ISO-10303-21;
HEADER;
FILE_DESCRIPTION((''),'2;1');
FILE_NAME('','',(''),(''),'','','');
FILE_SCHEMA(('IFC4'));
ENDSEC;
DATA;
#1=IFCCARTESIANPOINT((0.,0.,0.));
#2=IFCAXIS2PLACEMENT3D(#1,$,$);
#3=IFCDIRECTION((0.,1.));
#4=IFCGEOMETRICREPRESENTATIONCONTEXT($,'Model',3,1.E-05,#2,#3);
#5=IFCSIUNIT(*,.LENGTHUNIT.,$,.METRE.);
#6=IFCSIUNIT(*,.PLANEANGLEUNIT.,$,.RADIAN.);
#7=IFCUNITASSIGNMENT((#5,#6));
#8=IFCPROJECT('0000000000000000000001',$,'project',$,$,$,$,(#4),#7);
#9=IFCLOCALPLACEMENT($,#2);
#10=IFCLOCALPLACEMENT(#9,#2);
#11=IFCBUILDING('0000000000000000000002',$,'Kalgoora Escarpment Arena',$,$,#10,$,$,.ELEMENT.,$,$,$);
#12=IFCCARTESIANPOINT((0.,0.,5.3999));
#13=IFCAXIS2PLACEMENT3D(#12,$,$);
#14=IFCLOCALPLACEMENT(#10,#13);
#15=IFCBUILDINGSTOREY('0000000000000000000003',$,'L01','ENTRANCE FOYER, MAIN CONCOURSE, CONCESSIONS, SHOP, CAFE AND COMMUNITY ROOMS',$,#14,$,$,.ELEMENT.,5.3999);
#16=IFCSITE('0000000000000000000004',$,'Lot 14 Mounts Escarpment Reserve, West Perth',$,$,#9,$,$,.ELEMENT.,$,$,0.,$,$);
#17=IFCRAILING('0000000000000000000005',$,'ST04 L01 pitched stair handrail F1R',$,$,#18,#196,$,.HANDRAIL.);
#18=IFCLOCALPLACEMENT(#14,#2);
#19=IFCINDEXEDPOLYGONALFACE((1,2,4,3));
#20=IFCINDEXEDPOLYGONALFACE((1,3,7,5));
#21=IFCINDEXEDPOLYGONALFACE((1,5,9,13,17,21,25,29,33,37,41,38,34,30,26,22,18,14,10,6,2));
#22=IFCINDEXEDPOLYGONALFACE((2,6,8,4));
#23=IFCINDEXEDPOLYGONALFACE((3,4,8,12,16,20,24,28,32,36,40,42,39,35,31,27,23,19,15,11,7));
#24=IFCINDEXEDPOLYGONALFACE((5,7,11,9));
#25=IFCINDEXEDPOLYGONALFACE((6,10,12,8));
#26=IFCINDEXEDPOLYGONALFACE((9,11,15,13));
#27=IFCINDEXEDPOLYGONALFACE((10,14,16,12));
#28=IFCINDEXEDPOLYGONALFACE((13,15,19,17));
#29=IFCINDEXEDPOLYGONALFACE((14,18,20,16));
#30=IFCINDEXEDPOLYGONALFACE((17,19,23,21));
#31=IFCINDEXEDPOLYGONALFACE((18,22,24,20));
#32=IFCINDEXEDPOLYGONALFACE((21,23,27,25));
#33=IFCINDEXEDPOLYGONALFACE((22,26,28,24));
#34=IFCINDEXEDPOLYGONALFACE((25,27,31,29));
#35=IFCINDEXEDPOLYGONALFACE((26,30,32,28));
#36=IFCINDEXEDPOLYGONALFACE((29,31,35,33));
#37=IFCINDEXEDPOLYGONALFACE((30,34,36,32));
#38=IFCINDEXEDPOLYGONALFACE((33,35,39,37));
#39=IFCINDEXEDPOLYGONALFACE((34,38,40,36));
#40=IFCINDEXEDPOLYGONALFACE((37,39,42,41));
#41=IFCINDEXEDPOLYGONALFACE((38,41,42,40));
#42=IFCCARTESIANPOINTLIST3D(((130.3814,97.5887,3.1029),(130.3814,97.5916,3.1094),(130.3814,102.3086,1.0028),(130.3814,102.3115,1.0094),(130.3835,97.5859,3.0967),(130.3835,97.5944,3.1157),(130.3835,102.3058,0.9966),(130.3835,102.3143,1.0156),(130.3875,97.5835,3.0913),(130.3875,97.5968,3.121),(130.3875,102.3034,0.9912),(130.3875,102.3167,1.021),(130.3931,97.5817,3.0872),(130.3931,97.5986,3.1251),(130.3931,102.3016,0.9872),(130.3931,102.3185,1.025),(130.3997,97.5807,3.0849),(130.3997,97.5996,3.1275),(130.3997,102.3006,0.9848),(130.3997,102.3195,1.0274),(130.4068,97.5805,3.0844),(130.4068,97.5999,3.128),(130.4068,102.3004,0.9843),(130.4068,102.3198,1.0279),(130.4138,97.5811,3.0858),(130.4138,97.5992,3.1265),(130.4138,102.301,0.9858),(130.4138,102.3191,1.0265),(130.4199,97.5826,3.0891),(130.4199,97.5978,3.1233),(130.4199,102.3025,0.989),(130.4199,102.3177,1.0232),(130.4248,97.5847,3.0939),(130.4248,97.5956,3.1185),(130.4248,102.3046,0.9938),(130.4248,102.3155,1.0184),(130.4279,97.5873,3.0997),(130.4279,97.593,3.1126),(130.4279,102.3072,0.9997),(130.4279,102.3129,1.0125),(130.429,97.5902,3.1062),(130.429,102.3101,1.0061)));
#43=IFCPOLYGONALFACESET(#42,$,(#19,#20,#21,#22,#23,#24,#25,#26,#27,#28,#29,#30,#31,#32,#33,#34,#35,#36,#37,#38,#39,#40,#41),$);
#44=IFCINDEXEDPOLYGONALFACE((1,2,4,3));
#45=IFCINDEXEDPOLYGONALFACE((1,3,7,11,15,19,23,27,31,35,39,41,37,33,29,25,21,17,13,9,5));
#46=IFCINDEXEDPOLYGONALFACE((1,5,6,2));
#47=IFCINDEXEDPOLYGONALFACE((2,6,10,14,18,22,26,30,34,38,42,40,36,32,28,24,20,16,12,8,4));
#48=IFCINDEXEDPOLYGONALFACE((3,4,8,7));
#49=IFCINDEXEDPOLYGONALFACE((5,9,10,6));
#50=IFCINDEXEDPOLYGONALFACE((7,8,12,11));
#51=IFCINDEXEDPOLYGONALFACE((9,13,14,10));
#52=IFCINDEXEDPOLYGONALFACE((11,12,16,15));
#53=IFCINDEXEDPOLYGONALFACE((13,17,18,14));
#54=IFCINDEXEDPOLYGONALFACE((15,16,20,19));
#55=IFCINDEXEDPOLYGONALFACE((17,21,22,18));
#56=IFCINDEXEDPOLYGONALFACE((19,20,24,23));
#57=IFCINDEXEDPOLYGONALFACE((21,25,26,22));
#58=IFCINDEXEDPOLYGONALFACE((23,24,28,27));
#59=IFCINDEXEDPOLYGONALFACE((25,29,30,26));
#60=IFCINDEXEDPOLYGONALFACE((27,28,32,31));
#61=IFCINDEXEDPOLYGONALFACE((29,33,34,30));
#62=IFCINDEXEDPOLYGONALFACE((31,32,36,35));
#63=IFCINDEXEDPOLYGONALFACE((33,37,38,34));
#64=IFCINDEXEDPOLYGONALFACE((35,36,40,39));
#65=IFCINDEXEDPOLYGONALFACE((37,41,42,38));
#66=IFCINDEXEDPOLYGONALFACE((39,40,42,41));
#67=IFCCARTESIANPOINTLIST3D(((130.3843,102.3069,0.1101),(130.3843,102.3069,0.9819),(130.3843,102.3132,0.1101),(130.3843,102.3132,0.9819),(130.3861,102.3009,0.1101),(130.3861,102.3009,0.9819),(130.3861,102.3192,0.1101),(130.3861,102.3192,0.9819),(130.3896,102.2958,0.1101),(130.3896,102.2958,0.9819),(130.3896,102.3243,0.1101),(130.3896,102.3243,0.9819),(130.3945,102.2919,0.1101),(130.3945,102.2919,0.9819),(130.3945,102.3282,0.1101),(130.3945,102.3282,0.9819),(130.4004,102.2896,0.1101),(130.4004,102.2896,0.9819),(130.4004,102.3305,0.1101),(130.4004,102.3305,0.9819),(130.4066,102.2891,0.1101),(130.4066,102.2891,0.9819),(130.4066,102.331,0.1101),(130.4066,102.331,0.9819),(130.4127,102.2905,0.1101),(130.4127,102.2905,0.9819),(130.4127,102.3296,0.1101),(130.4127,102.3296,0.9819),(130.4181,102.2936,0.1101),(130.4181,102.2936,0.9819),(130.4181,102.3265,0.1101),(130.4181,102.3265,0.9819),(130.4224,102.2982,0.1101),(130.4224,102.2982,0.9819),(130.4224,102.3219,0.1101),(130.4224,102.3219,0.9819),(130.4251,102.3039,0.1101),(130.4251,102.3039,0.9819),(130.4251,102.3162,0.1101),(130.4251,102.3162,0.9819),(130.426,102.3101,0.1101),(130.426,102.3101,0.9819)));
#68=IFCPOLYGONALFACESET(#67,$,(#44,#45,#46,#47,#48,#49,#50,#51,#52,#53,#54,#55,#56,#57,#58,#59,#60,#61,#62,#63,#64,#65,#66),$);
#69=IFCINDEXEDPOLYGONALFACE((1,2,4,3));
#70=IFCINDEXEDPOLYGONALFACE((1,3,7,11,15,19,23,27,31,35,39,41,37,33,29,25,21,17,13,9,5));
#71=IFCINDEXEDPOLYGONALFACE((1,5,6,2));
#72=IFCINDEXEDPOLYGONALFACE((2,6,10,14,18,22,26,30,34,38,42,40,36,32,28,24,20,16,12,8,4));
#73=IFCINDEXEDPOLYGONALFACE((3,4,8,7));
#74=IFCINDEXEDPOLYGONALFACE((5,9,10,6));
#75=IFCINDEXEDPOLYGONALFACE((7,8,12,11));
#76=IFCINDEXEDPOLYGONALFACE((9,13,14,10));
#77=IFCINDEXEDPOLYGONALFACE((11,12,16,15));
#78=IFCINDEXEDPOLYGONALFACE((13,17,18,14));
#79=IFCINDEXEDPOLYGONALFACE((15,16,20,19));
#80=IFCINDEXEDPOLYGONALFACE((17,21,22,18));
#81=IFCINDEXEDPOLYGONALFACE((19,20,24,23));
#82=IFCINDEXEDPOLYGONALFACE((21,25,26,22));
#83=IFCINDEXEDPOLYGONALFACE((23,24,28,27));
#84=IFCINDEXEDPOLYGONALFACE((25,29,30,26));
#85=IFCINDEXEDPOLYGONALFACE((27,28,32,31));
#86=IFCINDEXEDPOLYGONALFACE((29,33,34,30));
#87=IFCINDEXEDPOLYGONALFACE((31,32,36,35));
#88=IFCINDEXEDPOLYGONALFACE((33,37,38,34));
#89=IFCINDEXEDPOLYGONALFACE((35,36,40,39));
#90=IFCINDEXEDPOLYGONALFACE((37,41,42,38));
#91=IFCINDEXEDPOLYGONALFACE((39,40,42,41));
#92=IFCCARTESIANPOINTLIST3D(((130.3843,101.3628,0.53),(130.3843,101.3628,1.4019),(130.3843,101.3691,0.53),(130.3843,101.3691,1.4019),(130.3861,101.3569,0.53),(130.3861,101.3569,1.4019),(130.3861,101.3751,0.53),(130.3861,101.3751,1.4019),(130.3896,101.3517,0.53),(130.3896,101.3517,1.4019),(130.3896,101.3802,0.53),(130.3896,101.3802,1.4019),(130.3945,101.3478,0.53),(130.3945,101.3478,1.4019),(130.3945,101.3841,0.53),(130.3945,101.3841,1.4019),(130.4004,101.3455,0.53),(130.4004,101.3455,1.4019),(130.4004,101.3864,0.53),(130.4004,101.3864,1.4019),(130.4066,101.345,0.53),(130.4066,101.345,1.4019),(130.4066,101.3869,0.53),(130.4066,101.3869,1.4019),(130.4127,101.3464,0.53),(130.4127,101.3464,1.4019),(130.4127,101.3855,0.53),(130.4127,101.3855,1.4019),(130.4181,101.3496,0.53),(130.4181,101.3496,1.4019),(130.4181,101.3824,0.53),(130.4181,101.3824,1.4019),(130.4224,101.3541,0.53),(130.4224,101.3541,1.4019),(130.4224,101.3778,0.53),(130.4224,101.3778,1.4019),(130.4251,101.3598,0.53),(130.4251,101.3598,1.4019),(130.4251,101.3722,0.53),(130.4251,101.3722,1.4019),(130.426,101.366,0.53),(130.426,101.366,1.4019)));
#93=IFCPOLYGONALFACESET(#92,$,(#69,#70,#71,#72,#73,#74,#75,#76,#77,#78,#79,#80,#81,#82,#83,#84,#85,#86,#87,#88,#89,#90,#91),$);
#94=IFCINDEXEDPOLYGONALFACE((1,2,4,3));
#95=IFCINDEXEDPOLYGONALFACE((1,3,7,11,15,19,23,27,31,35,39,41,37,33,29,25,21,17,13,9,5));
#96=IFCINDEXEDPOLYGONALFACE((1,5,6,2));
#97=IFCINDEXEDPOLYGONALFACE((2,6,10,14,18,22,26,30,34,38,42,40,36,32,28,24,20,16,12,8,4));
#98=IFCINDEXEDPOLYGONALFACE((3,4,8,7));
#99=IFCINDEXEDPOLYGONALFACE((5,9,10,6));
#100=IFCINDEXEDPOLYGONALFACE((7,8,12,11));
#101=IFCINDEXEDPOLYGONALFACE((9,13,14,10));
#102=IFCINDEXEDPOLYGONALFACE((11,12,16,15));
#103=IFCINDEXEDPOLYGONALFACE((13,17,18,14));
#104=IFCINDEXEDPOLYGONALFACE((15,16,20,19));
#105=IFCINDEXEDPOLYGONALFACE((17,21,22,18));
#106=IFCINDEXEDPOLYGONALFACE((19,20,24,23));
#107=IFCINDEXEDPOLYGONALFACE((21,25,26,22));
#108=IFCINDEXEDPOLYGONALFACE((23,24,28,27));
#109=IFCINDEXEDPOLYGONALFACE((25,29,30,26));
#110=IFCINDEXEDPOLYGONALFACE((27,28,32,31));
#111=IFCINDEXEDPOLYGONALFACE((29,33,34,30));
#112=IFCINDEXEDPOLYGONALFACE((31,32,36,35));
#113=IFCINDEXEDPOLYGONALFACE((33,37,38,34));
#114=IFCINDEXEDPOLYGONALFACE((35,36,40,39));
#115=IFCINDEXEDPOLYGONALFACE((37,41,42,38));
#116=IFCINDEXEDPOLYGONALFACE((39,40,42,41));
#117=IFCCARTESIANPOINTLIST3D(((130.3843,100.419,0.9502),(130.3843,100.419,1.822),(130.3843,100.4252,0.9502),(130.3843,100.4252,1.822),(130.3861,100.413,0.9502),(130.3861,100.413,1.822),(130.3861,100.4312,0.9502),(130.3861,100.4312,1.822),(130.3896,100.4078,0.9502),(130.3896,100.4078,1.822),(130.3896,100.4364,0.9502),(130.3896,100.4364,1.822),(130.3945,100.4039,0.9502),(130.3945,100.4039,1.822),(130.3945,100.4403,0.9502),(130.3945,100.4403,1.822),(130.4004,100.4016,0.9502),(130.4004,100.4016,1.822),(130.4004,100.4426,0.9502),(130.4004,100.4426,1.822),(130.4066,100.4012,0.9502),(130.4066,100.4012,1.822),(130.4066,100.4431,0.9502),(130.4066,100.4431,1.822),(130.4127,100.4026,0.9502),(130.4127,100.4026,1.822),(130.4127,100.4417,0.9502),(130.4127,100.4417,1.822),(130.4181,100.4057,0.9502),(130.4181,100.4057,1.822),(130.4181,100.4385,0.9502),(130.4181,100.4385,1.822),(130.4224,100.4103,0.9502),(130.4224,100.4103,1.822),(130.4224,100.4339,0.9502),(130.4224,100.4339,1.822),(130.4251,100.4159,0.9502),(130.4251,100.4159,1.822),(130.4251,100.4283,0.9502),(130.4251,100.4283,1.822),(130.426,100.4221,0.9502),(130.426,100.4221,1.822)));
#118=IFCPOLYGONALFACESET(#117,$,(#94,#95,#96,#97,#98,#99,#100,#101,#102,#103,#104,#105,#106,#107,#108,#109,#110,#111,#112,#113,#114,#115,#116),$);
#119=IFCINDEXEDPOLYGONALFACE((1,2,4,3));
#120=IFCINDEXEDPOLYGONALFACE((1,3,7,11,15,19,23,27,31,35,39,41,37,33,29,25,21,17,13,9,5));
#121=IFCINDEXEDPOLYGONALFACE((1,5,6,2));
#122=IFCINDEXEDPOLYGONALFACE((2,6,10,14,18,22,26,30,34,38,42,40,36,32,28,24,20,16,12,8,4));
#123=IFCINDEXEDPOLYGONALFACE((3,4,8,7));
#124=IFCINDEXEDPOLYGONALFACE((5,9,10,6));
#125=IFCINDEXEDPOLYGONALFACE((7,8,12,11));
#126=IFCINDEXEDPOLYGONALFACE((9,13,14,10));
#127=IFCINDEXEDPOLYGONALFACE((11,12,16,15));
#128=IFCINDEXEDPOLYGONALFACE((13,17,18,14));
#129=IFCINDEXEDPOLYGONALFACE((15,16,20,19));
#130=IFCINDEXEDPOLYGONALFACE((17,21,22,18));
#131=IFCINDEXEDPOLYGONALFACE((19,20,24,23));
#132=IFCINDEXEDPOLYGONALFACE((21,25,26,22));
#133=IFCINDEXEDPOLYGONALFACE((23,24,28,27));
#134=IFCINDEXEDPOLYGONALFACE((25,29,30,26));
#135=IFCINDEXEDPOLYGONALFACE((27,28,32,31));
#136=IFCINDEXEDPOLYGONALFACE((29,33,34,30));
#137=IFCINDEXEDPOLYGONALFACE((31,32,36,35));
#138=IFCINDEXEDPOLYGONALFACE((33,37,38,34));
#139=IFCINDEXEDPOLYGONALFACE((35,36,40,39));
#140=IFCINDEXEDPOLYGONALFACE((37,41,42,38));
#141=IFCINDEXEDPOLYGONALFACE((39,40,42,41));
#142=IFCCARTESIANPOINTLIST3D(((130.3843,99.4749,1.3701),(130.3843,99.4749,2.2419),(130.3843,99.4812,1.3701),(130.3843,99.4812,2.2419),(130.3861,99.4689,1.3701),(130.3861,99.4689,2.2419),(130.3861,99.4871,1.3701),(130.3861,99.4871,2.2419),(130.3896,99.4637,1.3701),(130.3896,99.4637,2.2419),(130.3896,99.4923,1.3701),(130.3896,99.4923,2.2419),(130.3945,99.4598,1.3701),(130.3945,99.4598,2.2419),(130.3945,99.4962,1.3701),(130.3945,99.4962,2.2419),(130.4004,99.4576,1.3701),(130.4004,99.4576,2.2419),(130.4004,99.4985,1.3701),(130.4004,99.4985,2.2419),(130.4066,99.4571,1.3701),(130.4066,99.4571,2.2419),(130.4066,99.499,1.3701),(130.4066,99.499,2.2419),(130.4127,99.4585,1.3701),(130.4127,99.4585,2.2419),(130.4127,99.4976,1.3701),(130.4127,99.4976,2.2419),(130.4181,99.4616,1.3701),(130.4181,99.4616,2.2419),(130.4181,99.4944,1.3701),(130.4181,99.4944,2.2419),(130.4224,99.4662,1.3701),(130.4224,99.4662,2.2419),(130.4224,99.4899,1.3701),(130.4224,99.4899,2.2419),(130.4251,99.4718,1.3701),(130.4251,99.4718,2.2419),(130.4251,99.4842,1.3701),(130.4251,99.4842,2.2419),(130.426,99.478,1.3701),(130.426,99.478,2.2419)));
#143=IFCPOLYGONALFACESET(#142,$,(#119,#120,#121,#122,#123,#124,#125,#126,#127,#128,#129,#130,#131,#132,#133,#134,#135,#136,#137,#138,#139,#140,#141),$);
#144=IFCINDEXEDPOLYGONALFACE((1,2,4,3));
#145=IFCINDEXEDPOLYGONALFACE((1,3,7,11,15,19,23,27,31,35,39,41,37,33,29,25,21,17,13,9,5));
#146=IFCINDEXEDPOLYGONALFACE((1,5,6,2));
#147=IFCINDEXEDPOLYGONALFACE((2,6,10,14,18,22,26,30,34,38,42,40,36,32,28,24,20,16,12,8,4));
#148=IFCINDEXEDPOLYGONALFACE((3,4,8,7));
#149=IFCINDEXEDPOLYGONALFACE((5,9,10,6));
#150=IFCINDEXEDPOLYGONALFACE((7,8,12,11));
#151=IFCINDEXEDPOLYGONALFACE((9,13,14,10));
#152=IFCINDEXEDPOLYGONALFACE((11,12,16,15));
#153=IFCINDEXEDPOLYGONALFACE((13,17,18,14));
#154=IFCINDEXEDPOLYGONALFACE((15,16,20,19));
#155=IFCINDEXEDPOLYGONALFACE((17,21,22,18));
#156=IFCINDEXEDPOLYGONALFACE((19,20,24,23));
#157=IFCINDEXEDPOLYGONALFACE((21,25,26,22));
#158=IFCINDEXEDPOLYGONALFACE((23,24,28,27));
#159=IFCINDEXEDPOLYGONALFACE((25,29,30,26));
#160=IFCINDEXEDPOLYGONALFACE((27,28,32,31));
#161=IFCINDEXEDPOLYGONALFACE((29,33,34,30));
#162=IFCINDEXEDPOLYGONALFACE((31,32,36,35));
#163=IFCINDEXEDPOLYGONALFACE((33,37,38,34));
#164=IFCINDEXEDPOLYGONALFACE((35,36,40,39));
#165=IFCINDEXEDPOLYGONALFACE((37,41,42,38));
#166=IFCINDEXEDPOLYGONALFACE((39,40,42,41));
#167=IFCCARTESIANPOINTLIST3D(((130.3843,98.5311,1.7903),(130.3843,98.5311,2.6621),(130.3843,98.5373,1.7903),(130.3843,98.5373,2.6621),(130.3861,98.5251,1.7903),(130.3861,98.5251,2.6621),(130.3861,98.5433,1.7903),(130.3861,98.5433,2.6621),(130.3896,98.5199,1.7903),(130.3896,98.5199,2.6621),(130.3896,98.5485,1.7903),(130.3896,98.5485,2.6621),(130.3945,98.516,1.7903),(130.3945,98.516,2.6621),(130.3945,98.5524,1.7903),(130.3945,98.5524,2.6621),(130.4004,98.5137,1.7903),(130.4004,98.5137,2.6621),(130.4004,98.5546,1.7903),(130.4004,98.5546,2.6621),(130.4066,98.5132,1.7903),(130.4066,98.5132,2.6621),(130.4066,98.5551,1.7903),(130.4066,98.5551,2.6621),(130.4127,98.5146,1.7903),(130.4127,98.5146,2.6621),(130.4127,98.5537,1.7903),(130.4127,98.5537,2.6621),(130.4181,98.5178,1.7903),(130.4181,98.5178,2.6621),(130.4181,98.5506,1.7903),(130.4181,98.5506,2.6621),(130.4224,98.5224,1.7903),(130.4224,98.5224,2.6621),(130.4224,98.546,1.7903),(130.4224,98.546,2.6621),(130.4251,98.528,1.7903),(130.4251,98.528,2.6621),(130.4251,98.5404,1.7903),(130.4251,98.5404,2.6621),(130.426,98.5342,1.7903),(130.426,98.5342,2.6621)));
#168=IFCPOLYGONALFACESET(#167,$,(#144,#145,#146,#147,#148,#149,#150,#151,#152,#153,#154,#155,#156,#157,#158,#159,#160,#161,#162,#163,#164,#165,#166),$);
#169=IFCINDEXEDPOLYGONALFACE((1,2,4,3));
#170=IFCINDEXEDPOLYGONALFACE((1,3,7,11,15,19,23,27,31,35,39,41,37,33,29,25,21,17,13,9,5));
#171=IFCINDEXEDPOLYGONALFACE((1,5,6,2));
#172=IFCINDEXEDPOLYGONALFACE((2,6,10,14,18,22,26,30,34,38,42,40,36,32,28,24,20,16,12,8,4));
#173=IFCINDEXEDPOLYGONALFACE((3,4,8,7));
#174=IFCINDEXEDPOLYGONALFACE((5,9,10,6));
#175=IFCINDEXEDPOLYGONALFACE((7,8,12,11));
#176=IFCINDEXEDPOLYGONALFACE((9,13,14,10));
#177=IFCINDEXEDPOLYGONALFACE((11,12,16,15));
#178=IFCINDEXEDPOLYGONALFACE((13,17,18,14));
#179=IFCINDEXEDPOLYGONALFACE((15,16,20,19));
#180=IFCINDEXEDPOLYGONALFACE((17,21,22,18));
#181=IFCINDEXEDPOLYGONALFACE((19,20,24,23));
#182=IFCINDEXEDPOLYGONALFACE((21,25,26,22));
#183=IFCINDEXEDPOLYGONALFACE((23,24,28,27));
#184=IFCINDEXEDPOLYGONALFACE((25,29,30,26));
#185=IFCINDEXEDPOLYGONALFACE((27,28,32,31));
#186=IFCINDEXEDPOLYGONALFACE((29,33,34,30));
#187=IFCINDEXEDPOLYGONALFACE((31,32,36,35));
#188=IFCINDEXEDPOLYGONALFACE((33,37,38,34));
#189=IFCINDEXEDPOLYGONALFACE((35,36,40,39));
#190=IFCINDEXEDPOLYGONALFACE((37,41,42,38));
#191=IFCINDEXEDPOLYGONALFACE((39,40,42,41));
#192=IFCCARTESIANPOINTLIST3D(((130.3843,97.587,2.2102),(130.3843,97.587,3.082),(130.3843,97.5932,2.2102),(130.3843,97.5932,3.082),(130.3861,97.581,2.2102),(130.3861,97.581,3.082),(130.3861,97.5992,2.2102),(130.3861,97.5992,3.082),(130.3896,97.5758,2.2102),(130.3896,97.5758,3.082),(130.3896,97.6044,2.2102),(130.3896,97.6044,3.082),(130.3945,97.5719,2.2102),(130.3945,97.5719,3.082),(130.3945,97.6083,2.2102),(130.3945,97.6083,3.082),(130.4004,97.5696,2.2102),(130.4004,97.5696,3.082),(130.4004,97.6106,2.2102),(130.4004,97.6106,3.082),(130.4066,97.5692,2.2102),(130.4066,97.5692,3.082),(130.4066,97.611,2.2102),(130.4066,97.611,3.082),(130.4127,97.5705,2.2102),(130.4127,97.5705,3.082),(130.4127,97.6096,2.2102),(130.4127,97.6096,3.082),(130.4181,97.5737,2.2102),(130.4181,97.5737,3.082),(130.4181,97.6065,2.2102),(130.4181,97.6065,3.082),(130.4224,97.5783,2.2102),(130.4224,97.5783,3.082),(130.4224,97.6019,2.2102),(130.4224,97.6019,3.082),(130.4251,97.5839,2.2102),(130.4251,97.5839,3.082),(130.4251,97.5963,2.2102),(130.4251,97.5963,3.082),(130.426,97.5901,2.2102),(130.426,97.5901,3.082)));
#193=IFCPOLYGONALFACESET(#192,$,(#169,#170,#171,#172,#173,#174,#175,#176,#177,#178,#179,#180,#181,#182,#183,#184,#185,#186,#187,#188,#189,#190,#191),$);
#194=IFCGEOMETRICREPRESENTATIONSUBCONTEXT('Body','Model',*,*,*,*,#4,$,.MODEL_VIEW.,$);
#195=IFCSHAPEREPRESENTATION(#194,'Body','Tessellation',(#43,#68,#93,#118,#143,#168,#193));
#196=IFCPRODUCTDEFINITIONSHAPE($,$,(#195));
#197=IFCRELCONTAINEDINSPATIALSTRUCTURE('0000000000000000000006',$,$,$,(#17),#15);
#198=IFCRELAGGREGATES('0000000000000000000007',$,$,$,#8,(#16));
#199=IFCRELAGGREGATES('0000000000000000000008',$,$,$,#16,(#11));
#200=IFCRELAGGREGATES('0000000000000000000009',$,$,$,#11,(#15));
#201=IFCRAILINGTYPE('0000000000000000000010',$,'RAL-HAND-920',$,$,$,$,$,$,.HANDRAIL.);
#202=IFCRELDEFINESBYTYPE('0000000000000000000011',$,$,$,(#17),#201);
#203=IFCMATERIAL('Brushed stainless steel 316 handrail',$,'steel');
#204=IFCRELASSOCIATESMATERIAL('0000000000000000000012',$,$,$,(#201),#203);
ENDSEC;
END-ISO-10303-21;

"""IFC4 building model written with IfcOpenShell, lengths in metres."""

from ifc_helpers import new_model, si_unit, direction, frame, origin, origin_2d, place, context, subcontext, project, spatial, circle, extrude, material, type_object, element, save


model = new_model("IFC4")

# Units and contexts
model_context = context("Model", 3, precision=1e-05, world=origin(), true_north=direction((0.0, 1.0)))
body_context = subcontext(model_context, "Body", "Model", "MODEL_VIEW")
ifc_project = project(units=[si_unit("LENGTHUNIT", "METRE"), si_unit("PLANEANGLEUNIT", "RADIAN")], contexts=[model_context])

# Site, building, storey
site_placement = place(None, origin())
site = spatial("IfcSite", under=ifc_project, at=site_placement, Name="Lot 14 Mounts Escarpment Reserve, West Perth", CompositionType="ELEMENT", RefElevation=0.0)
building_placement = place(site_placement, origin())
building = spatial("IfcBuilding", under=site, at=building_placement, Name="Kalgoora Escarpment Arena", CompositionType="ELEMENT")
storey_placement = place(building_placement, frame((0.0, 0.0, 5.3999)))
storey = spatial("IfcBuildingStorey", under=building, at=storey_placement, Name="L01", Description="ENTRANCE FOYER, MAIN CONCOURSE, CONCESSIONS, SHOP, CAFE AND COMMUNITY ROOMS", CompositionType="ELEMENT", Elevation=5.3999)

# Railing
ifc_material_1 = material(Name="Brushed stainless steel 316 handrail", Category="steel")
railing_type_1 = type_object("IfcRailingType", Name="RAL-HAND-920", PredefinedType="HANDRAIL", material=ifc_material_1)
for number, where, name in (
    (1, (130.405, 102.3101, 0.1101), "ST04 L01 pitched stair handrail F1R"),
):
    element("IfcRailing", number, at=place(storey_placement, frame(where)), inside=storey, type_object=railing_type_1, Name=name, PredefinedType="HANDRAIL", context=body_context, shape_type="SweptSolid", body=[
        extrude(circle(Radius=0.0239, at=origin_2d()), frame((0.0, 0.0, 0.896), z_axis=(0.0, -0.913644, 0.406516), x_axis=(1.0, 0.0, 0.0)), (0.0, 0.0, 1.0), 5.166),
        extrude(circle(Radius=0.021, at=origin_2d()), origin(), (0.0, 0.0, 1.0), 0.8718),
        extrude(circle(Radius=0.021, at=origin_2d()), frame((0.0, -0.9441, 0.4199)), (0.0, 0.0, 1.0), 0.8718),
        extrude(circle(Radius=0.021, at=origin_2d()), frame((0.0, -1.8879, 0.8401)), (0.0, 0.0, 1.0), 0.8718),
        extrude(circle(Radius=0.021, at=origin_2d()), frame((0.0, -2.832, 1.26)), (0.0, 0.0, 1.0), 0.8718),
        extrude(circle(Radius=0.021, at=origin_2d()), frame((0.0, -3.7759, 1.6802)), (0.0, 0.0, 1.0), 0.8718),
        extrude(circle(Radius=0.021, at=origin_2d()), frame((0.0, -4.72, 2.1001)), (0.0, 0.0, 1.0), 0.8718),
    ])

save(model, "model.ifc")
